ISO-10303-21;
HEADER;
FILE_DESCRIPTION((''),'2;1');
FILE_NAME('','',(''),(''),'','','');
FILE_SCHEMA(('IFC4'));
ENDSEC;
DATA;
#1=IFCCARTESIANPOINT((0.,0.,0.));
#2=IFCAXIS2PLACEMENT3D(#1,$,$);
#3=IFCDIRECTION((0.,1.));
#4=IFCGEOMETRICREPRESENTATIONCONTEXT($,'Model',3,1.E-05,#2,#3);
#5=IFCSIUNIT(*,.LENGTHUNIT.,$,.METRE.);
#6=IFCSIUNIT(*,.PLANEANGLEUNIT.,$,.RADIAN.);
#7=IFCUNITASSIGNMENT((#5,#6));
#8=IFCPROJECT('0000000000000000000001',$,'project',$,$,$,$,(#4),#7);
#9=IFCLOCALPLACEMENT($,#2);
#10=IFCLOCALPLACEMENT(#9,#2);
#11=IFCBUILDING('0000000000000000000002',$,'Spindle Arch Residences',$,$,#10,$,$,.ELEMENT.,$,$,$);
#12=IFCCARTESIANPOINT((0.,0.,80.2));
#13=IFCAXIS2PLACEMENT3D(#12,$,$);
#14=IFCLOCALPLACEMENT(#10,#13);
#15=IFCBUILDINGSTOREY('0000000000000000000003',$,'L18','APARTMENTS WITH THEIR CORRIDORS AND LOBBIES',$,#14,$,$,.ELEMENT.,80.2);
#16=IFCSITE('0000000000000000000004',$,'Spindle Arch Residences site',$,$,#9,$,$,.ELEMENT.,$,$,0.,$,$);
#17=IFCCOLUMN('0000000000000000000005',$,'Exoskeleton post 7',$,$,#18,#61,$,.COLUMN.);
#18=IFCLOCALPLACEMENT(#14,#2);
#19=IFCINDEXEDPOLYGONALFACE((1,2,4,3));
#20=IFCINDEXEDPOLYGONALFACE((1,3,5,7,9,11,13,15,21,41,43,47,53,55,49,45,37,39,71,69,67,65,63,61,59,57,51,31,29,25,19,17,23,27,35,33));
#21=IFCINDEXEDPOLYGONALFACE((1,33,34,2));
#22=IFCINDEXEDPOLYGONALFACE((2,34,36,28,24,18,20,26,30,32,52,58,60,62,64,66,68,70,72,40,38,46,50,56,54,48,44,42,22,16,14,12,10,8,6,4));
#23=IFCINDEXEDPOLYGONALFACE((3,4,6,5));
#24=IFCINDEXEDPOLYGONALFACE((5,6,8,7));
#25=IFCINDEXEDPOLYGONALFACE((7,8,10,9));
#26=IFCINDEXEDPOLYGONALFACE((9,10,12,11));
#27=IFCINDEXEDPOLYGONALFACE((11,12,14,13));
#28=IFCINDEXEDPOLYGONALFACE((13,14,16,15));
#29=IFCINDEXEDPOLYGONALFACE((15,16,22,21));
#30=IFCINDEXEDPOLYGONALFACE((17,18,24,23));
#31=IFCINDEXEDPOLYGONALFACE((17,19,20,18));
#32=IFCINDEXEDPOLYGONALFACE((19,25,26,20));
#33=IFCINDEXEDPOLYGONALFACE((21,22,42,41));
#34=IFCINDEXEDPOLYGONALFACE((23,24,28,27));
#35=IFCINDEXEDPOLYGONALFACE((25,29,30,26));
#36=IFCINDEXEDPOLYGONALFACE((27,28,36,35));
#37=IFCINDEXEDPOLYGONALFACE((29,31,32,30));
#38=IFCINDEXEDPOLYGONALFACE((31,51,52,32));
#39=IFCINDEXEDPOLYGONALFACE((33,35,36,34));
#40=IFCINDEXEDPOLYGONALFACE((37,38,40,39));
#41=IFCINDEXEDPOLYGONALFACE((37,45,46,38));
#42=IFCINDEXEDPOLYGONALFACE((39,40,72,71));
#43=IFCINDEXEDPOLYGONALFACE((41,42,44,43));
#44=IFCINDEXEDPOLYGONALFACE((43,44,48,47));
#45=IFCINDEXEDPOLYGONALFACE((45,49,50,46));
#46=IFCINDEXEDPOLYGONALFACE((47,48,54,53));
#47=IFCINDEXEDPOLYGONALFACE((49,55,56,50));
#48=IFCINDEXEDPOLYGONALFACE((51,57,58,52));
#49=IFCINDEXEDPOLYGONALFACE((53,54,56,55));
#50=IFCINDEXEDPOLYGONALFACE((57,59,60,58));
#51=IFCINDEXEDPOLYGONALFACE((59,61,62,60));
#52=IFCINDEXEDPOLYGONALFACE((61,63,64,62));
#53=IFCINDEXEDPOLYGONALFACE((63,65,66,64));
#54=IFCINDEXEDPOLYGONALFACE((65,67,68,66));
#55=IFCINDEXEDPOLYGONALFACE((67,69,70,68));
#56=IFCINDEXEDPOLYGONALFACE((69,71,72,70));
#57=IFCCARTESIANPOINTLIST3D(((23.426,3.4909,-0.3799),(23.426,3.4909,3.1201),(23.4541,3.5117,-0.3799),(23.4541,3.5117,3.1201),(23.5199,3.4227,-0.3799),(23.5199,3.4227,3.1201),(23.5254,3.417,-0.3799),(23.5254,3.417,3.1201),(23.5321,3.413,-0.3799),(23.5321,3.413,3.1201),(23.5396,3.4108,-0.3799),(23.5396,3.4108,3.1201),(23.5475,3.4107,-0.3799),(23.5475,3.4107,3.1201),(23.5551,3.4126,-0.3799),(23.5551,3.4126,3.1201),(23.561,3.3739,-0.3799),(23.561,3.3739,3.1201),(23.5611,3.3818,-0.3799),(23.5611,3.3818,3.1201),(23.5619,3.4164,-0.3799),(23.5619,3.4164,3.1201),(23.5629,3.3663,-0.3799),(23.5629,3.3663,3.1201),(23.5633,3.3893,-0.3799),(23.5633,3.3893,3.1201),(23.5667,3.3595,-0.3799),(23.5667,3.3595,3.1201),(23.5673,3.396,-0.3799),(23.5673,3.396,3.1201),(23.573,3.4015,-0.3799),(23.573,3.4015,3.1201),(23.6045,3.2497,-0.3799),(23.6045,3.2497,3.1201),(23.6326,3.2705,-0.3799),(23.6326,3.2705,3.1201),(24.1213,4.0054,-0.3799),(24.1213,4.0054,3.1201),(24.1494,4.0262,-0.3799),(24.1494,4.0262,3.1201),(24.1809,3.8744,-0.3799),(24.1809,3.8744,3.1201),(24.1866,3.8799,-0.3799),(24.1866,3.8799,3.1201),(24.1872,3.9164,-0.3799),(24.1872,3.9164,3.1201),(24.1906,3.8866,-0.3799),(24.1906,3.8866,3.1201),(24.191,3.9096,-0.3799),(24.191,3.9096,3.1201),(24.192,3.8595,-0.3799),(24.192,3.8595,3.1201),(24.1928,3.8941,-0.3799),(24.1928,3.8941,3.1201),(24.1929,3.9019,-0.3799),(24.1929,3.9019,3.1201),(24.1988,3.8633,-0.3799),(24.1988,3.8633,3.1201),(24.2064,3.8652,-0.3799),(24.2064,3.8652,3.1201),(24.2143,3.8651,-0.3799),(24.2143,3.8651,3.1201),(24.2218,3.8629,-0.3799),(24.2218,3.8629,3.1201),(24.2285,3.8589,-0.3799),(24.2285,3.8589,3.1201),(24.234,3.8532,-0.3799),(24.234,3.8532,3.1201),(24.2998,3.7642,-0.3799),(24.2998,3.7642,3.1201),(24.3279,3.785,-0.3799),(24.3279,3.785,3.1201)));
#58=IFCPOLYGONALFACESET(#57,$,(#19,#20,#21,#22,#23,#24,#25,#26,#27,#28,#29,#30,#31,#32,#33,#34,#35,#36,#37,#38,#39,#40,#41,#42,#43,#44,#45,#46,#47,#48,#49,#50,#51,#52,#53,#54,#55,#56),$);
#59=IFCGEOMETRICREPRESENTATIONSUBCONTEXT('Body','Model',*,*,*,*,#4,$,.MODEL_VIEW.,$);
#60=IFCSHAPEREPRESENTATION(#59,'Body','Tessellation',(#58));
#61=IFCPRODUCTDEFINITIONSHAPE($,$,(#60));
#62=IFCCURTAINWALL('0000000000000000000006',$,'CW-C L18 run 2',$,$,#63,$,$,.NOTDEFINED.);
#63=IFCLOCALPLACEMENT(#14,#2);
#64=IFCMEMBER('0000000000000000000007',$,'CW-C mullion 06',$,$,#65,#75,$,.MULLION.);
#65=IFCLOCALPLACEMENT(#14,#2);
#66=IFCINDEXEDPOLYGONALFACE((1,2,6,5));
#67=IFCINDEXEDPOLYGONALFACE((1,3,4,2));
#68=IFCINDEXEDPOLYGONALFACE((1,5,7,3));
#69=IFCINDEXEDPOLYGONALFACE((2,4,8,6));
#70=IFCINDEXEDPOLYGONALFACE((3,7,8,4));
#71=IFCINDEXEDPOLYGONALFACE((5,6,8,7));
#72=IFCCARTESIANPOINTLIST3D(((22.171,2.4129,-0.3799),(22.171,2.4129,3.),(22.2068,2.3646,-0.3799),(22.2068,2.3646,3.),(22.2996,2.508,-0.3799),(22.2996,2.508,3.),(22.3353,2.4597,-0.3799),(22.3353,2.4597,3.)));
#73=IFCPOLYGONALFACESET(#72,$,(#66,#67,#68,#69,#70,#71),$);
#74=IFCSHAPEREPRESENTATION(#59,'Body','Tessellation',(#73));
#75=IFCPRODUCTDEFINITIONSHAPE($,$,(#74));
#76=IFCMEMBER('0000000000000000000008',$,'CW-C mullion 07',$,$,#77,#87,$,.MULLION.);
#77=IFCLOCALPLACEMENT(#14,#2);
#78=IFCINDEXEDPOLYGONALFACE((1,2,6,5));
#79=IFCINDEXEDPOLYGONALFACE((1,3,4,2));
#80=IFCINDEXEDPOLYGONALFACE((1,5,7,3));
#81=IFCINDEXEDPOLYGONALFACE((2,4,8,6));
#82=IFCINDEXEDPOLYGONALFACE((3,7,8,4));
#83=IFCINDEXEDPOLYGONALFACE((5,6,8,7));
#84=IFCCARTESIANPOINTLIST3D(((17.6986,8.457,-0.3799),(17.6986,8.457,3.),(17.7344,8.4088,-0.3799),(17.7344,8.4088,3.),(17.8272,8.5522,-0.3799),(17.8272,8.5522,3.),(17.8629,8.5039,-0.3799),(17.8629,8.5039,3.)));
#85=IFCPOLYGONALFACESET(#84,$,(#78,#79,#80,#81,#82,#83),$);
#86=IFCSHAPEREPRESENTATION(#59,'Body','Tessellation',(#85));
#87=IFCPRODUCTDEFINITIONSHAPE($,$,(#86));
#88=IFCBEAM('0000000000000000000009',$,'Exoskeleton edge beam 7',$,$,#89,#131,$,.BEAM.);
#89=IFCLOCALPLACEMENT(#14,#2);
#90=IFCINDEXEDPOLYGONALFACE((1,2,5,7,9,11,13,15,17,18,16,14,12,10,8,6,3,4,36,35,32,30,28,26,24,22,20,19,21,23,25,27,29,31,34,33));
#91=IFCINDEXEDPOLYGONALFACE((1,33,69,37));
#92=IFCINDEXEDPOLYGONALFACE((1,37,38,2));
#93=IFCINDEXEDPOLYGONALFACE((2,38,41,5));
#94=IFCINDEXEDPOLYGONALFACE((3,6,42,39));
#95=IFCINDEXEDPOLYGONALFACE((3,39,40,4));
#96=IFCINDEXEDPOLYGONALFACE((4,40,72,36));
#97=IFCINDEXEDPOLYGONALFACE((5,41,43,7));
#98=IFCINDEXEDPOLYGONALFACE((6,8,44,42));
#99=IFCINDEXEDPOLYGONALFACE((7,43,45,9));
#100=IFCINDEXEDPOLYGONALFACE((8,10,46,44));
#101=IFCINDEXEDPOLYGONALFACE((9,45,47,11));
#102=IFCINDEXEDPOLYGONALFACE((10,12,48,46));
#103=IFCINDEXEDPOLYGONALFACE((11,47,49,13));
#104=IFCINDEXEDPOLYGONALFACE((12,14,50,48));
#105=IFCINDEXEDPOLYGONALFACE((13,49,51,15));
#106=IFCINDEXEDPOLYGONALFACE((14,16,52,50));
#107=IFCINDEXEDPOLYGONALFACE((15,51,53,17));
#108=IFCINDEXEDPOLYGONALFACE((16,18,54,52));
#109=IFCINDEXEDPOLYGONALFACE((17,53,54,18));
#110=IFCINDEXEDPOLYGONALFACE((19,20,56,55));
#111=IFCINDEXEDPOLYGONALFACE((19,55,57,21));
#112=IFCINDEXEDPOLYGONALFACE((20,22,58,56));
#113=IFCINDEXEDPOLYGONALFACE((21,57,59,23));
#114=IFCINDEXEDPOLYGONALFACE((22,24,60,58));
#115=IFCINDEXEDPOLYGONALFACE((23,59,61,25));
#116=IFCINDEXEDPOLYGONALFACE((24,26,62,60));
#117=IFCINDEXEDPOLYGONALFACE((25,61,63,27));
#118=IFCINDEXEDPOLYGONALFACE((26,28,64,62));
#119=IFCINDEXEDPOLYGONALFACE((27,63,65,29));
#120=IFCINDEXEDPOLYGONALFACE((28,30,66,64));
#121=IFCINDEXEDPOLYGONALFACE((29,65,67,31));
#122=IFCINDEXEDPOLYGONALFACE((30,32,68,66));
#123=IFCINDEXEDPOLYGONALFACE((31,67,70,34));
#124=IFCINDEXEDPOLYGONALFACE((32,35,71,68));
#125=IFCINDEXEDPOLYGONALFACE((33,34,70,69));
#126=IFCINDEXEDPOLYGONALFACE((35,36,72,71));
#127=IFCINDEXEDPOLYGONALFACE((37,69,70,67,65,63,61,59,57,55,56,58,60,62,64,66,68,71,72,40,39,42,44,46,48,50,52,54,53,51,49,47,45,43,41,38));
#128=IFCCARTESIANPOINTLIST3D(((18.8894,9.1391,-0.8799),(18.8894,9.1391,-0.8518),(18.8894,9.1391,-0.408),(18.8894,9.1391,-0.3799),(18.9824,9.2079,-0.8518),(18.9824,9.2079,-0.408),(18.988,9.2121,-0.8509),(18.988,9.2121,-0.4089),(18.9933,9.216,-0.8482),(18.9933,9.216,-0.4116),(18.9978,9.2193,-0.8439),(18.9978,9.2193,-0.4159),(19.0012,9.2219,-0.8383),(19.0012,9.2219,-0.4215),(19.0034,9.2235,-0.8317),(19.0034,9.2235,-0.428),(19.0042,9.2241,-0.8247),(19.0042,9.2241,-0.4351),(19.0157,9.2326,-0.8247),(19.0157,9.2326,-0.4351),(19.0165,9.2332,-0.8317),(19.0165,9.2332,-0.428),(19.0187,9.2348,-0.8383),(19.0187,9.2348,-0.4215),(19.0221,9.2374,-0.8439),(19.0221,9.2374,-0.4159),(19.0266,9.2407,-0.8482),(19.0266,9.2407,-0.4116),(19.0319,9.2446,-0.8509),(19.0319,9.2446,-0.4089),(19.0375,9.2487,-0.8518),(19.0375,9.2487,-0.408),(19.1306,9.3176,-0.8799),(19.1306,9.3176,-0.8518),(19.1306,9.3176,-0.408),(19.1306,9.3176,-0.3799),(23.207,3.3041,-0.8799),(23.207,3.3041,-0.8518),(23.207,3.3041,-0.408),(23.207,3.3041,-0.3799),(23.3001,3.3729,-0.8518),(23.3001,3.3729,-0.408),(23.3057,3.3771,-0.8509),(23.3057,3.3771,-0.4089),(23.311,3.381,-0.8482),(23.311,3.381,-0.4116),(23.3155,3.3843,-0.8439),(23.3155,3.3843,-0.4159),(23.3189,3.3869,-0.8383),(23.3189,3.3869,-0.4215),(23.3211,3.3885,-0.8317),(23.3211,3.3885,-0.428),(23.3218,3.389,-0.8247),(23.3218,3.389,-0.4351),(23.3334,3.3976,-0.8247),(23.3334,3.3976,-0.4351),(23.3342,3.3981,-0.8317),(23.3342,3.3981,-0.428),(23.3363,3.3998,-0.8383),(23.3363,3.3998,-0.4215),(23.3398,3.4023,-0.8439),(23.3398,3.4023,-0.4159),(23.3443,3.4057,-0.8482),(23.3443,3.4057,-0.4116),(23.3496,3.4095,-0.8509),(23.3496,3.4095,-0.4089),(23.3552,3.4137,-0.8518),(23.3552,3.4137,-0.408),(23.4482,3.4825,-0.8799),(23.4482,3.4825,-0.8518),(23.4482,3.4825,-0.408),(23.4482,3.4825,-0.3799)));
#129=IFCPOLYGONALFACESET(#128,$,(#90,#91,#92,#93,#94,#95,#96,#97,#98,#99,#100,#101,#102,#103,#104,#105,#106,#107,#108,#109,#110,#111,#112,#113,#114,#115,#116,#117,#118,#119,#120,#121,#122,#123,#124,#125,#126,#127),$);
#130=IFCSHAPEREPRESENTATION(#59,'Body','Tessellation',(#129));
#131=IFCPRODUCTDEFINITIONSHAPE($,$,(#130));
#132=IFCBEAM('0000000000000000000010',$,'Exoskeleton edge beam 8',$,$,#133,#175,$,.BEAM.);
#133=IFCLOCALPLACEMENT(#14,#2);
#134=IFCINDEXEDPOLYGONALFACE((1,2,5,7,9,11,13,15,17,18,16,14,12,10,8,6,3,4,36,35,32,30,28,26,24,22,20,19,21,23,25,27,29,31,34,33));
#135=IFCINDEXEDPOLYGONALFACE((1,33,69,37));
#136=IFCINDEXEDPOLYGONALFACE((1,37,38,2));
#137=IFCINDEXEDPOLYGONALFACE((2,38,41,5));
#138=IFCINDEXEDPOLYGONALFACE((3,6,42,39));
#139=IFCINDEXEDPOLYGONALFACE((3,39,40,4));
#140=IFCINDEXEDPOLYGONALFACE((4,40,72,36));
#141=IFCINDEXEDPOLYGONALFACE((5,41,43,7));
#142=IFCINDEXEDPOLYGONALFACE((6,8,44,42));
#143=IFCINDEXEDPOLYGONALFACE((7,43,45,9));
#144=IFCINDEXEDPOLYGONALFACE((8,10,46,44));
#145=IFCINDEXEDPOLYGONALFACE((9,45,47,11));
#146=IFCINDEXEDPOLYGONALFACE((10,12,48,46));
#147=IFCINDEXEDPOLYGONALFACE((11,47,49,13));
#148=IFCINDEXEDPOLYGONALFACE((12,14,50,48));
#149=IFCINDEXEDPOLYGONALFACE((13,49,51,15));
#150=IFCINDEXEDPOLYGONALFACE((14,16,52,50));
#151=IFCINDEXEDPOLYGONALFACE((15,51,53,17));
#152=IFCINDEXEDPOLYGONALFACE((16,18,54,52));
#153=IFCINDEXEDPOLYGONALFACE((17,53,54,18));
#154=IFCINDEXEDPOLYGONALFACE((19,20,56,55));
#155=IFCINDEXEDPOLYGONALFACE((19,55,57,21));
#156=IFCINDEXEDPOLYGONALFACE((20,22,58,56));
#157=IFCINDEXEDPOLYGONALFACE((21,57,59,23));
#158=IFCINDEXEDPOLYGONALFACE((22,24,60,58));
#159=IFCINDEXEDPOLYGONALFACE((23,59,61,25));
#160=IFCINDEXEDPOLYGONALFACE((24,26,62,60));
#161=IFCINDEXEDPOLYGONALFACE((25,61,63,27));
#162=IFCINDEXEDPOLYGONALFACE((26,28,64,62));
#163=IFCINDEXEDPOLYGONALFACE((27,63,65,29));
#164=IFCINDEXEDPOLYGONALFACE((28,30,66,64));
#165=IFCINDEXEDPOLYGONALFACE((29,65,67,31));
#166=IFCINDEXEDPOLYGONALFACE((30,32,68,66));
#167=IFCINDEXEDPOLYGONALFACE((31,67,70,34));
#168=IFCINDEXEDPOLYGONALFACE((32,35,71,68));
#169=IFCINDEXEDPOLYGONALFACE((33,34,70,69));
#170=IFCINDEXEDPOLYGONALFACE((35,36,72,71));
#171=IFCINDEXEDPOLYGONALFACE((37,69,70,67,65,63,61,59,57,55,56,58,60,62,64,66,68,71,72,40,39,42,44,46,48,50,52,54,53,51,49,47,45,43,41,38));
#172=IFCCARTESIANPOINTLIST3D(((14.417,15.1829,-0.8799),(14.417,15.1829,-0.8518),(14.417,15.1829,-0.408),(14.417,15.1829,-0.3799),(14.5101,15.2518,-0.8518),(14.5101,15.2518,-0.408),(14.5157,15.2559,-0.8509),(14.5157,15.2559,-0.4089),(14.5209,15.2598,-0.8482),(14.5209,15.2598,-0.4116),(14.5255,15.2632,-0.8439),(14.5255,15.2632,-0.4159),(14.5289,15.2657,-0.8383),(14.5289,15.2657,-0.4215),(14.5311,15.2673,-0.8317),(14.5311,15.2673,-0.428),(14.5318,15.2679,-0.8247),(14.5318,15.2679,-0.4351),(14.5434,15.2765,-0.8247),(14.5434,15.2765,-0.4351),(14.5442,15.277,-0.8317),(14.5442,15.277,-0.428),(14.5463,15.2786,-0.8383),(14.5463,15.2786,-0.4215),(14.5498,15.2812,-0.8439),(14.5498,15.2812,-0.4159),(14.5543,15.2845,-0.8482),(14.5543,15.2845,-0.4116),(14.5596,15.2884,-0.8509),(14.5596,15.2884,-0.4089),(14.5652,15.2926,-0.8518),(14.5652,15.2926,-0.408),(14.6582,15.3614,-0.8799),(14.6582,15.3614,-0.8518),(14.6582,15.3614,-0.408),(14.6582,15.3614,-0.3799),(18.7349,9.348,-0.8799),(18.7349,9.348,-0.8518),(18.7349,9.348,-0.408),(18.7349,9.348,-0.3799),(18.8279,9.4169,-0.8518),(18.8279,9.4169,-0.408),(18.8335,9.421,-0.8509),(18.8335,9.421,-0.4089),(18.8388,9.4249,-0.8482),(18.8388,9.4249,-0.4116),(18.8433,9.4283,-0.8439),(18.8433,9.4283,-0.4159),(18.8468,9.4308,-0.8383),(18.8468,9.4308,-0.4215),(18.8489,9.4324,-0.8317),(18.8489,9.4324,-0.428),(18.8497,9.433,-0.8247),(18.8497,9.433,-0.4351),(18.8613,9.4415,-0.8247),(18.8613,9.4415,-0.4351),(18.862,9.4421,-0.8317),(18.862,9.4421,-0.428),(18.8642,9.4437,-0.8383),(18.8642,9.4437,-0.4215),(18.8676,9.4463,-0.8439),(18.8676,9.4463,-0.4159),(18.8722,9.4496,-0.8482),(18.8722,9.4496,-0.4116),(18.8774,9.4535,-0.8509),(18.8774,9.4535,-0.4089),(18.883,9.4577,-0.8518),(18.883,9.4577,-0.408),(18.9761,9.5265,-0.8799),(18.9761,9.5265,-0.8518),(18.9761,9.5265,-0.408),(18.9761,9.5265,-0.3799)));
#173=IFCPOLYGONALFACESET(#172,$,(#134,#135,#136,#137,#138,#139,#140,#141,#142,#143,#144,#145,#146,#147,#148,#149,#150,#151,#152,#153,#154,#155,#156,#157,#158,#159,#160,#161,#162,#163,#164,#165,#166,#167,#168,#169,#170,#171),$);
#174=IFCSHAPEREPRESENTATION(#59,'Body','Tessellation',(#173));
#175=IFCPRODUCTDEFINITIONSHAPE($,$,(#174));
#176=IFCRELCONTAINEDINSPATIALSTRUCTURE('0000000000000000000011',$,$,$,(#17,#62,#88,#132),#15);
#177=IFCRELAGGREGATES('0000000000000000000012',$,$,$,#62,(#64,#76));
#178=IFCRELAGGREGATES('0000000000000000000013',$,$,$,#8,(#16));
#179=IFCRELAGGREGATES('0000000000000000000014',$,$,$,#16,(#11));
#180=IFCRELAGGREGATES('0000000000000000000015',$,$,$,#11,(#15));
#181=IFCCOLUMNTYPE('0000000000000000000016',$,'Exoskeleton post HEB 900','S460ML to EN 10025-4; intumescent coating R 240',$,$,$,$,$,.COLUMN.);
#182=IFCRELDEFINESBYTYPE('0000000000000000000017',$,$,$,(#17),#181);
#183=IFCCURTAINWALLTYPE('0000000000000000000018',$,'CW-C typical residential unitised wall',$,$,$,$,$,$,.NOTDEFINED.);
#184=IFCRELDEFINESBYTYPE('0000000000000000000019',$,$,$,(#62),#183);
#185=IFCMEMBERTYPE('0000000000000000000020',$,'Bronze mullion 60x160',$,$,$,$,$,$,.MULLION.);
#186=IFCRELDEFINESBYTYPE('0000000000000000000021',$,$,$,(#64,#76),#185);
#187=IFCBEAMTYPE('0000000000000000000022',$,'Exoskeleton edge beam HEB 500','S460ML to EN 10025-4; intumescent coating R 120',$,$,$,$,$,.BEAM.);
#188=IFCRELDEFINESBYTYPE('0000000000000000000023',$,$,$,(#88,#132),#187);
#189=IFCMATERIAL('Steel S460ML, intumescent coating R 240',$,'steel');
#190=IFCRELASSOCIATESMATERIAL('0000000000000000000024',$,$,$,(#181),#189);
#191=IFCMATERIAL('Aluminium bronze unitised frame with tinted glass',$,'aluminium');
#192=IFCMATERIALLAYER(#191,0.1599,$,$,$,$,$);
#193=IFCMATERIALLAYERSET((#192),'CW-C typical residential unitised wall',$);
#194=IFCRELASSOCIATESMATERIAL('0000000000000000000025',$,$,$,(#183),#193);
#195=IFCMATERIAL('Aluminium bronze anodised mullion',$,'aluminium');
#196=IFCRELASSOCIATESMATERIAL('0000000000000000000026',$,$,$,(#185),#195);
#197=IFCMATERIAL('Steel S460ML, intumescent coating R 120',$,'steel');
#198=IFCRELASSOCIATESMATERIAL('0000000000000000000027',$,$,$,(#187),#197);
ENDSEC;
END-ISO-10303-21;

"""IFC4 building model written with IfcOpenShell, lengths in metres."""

from ifc_helpers import new_model, si_unit, direction, frame, origin, origin_2d, place, context, subcontext, project, spatial, rectangle, i_section, extrude, material, layer, layer_set, material_profile, profile_set, type_object, element, aggregate, save


model = new_model("IFC4")

# Units and contexts
model_context = context("Model", 3, precision=1e-05, world=origin(), true_north=direction((0.0, 1.0)))
body_context = subcontext(model_context, "Body", "Model", "MODEL_VIEW")
ifc_project = project(units=[si_unit("LENGTHUNIT", "METRE"), si_unit("PLANEANGLEUNIT", "RADIAN")], contexts=[model_context])

# Site, building, storey
site_placement = place(None, origin())
site = spatial("IfcSite", under=ifc_project, at=site_placement, Name="Spindle Arch Residences site", CompositionType="ELEMENT", RefElevation=0.0)
building_placement = place(site_placement, origin())
building = spatial("IfcBuilding", under=site, at=building_placement, Name="Spindle Arch Residences", CompositionType="ELEMENT")
storey_placement = place(building_placement, frame((0.0, 0.0, 80.2)))
storey = spatial("IfcBuildingStorey", under=building, at=storey_placement, Name="L18", Description="APARTMENTS WITH THEIR CORRIDORS AND LOBBIES", CompositionType="ELEMENT", Elevation=80.2)

# Column
ifc_material_1 = material(Name="Steel S460ML, intumescent coating R 240", Category="steel")
ifc_material_profile_1 = material_profile(ifc_material_1, i_section(OverallWidth=0.3, OverallDepth=0.8999, WebThickness=0.0186, FlangeThickness=0.0349, FilletRadius=0.03, at=origin_2d()), Name="HEB 900")
ifc_profile_set_1 = profile_set([ifc_material_profile_1], Name="Steel S460ML, intumescent coating R 240")
column_type = type_object("IfcColumnType", Name="Exoskeleton post HEB 900", Description="S460ML to EN 10025-4; intumescent coating R 240", PredefinedType="COLUMN", material=ifc_profile_set_1)
column_placement = place(storey_placement, frame((23.877, 3.6379, -0.3799), z_axis=(0.0, 0.0, 1.0), x_axis=(0.594823, -0.803857, 0.0)))
element("IfcColumn", 1, at=column_placement, inside=storey, type_object=column_type, Name="Exoskeleton post 7", PredefinedType="COLUMN", context=body_context, shape_type="SweptSolid", body=[
    extrude(i_section(OverallWidth=0.3, OverallDepth=0.8999, WebThickness=0.0186, FlangeThickness=0.0349, FilletRadius=0.03, at=origin_2d()), origin(), (0.0, 0.0, 1.0), 3.5),
])

# Curtain wall, members
ifc_material_2 = material(Name="Aluminium bronze unitised frame with tinted glass", Category="aluminium")
ifc_layer_1 = layer(ifc_material_2, 0.1599)
ifc_layer_set_1 = layer_set([ifc_layer_1], Name="CW-C typical residential unitised wall")
curtain_wall_type = type_object("IfcCurtainWallType", Name="CW-C typical residential unitised wall", PredefinedType="NOTDEFINED", material=ifc_layer_set_1)
curtain_wall_placement = place(storey_placement, origin())
curtain_wall = element("IfcCurtainWall", 2, at=curtain_wall_placement, inside=storey, type_object=curtain_wall_type, Name="CW-C L18 run 2", PredefinedType="NOTDEFINED")
ifc_material_3 = material(Name="Aluminium bronze anodised mullion", Category="aluminium")
ifc_material_profile_2 = material_profile(ifc_material_3, rectangle(XDim=0.1599, YDim=0.0601, at=origin_2d()), Name="MU 60x160")
ifc_profile_set_2 = profile_set([ifc_material_profile_2], Name="Aluminium bronze anodised mullion")
member_type = type_object("IfcMemberType", Name="Bronze mullion 60x160", PredefinedType="MULLION", material=ifc_profile_set_2)
member_1_placement = place(storey_placement, frame((22.2532, 2.4363, -0.3799), z_axis=(0.0, 0.0, 1.0), x_axis=(-0.803857, -0.594823, 0.0)))
member_1 = element("IfcMember", 3, at=member_1_placement, type_object=member_type, Name="CW-C mullion 06", PredefinedType="MULLION", context=body_context, shape_type="SweptSolid", body=[
    extrude(rectangle(XDim=0.1599, YDim=0.0601, at=origin_2d()), origin(), (0.0, 0.0, 1.0), 3.3799),
])
member_2_placement = place(storey_placement, frame((17.7808, 8.4805, -0.3799), z_axis=(0.0, 0.0, 1.0), x_axis=(-0.803857, -0.594823, 0.0)))
member_2 = element("IfcMember", 4, at=member_2_placement, type_object=member_type, Name="CW-C mullion 07", PredefinedType="MULLION", context=body_context, shape_type="SweptSolid", body=[
    extrude(rectangle(XDim=0.1599, YDim=0.0601, at=origin_2d()), origin(), (0.0, 0.0, 1.0), 3.3799),
])

# Beams
ifc_material_4 = material(Name="Steel S460ML, intumescent coating R 120", Category="steel")
ifc_material_profile_3 = material_profile(ifc_material_4, i_section(OverallWidth=0.3, OverallDepth=0.5, WebThickness=0.0144, FlangeThickness=0.0281, FilletRadius=0.0271, at=origin_2d()), Name="HEB 500")
ifc_profile_set_3 = profile_set([ifc_material_profile_3], Name="Steel S460ML, intumescent coating R 120")
beam_type_1 = type_object("IfcBeamType", Name="Exoskeleton edge beam HEB 500", Description="S460ML to EN 10025-4; intumescent coating R 120", PredefinedType="BEAM", material=ifc_profile_set_3)
for number, where, z_axis, x_axis, name in (
    (5, (23.3276, 3.3933, -0.6299), (-0.594821, 0.803858, 0.0), (-0.803858, -0.594821, 0.0), "Exoskeleton edge beam 7"),
    (6, (18.8555, 9.4373, -0.6299), (-0.594843, 0.803842, 0.0), (-0.803842, -0.594843, 0.0), "Exoskeleton edge beam 8"),
):
    element("IfcBeam", number, at=place(storey_placement, frame(where, z_axis=z_axis, x_axis=x_axis)), inside=storey, type_object=beam_type_1, Name=name, PredefinedType="BEAM", context=body_context, shape_type="SweptSolid", body=[
        extrude(i_section(OverallWidth=0.3, OverallDepth=0.5, WebThickness=0.0144, FlangeThickness=0.0281, FilletRadius=0.0271, at=origin_2d()), origin(), (0.0, 0.0, 1.0), 7.2588),
    ])

aggregate(curtain_wall, [member_1, member_2])

save(model, "model.ifc")
